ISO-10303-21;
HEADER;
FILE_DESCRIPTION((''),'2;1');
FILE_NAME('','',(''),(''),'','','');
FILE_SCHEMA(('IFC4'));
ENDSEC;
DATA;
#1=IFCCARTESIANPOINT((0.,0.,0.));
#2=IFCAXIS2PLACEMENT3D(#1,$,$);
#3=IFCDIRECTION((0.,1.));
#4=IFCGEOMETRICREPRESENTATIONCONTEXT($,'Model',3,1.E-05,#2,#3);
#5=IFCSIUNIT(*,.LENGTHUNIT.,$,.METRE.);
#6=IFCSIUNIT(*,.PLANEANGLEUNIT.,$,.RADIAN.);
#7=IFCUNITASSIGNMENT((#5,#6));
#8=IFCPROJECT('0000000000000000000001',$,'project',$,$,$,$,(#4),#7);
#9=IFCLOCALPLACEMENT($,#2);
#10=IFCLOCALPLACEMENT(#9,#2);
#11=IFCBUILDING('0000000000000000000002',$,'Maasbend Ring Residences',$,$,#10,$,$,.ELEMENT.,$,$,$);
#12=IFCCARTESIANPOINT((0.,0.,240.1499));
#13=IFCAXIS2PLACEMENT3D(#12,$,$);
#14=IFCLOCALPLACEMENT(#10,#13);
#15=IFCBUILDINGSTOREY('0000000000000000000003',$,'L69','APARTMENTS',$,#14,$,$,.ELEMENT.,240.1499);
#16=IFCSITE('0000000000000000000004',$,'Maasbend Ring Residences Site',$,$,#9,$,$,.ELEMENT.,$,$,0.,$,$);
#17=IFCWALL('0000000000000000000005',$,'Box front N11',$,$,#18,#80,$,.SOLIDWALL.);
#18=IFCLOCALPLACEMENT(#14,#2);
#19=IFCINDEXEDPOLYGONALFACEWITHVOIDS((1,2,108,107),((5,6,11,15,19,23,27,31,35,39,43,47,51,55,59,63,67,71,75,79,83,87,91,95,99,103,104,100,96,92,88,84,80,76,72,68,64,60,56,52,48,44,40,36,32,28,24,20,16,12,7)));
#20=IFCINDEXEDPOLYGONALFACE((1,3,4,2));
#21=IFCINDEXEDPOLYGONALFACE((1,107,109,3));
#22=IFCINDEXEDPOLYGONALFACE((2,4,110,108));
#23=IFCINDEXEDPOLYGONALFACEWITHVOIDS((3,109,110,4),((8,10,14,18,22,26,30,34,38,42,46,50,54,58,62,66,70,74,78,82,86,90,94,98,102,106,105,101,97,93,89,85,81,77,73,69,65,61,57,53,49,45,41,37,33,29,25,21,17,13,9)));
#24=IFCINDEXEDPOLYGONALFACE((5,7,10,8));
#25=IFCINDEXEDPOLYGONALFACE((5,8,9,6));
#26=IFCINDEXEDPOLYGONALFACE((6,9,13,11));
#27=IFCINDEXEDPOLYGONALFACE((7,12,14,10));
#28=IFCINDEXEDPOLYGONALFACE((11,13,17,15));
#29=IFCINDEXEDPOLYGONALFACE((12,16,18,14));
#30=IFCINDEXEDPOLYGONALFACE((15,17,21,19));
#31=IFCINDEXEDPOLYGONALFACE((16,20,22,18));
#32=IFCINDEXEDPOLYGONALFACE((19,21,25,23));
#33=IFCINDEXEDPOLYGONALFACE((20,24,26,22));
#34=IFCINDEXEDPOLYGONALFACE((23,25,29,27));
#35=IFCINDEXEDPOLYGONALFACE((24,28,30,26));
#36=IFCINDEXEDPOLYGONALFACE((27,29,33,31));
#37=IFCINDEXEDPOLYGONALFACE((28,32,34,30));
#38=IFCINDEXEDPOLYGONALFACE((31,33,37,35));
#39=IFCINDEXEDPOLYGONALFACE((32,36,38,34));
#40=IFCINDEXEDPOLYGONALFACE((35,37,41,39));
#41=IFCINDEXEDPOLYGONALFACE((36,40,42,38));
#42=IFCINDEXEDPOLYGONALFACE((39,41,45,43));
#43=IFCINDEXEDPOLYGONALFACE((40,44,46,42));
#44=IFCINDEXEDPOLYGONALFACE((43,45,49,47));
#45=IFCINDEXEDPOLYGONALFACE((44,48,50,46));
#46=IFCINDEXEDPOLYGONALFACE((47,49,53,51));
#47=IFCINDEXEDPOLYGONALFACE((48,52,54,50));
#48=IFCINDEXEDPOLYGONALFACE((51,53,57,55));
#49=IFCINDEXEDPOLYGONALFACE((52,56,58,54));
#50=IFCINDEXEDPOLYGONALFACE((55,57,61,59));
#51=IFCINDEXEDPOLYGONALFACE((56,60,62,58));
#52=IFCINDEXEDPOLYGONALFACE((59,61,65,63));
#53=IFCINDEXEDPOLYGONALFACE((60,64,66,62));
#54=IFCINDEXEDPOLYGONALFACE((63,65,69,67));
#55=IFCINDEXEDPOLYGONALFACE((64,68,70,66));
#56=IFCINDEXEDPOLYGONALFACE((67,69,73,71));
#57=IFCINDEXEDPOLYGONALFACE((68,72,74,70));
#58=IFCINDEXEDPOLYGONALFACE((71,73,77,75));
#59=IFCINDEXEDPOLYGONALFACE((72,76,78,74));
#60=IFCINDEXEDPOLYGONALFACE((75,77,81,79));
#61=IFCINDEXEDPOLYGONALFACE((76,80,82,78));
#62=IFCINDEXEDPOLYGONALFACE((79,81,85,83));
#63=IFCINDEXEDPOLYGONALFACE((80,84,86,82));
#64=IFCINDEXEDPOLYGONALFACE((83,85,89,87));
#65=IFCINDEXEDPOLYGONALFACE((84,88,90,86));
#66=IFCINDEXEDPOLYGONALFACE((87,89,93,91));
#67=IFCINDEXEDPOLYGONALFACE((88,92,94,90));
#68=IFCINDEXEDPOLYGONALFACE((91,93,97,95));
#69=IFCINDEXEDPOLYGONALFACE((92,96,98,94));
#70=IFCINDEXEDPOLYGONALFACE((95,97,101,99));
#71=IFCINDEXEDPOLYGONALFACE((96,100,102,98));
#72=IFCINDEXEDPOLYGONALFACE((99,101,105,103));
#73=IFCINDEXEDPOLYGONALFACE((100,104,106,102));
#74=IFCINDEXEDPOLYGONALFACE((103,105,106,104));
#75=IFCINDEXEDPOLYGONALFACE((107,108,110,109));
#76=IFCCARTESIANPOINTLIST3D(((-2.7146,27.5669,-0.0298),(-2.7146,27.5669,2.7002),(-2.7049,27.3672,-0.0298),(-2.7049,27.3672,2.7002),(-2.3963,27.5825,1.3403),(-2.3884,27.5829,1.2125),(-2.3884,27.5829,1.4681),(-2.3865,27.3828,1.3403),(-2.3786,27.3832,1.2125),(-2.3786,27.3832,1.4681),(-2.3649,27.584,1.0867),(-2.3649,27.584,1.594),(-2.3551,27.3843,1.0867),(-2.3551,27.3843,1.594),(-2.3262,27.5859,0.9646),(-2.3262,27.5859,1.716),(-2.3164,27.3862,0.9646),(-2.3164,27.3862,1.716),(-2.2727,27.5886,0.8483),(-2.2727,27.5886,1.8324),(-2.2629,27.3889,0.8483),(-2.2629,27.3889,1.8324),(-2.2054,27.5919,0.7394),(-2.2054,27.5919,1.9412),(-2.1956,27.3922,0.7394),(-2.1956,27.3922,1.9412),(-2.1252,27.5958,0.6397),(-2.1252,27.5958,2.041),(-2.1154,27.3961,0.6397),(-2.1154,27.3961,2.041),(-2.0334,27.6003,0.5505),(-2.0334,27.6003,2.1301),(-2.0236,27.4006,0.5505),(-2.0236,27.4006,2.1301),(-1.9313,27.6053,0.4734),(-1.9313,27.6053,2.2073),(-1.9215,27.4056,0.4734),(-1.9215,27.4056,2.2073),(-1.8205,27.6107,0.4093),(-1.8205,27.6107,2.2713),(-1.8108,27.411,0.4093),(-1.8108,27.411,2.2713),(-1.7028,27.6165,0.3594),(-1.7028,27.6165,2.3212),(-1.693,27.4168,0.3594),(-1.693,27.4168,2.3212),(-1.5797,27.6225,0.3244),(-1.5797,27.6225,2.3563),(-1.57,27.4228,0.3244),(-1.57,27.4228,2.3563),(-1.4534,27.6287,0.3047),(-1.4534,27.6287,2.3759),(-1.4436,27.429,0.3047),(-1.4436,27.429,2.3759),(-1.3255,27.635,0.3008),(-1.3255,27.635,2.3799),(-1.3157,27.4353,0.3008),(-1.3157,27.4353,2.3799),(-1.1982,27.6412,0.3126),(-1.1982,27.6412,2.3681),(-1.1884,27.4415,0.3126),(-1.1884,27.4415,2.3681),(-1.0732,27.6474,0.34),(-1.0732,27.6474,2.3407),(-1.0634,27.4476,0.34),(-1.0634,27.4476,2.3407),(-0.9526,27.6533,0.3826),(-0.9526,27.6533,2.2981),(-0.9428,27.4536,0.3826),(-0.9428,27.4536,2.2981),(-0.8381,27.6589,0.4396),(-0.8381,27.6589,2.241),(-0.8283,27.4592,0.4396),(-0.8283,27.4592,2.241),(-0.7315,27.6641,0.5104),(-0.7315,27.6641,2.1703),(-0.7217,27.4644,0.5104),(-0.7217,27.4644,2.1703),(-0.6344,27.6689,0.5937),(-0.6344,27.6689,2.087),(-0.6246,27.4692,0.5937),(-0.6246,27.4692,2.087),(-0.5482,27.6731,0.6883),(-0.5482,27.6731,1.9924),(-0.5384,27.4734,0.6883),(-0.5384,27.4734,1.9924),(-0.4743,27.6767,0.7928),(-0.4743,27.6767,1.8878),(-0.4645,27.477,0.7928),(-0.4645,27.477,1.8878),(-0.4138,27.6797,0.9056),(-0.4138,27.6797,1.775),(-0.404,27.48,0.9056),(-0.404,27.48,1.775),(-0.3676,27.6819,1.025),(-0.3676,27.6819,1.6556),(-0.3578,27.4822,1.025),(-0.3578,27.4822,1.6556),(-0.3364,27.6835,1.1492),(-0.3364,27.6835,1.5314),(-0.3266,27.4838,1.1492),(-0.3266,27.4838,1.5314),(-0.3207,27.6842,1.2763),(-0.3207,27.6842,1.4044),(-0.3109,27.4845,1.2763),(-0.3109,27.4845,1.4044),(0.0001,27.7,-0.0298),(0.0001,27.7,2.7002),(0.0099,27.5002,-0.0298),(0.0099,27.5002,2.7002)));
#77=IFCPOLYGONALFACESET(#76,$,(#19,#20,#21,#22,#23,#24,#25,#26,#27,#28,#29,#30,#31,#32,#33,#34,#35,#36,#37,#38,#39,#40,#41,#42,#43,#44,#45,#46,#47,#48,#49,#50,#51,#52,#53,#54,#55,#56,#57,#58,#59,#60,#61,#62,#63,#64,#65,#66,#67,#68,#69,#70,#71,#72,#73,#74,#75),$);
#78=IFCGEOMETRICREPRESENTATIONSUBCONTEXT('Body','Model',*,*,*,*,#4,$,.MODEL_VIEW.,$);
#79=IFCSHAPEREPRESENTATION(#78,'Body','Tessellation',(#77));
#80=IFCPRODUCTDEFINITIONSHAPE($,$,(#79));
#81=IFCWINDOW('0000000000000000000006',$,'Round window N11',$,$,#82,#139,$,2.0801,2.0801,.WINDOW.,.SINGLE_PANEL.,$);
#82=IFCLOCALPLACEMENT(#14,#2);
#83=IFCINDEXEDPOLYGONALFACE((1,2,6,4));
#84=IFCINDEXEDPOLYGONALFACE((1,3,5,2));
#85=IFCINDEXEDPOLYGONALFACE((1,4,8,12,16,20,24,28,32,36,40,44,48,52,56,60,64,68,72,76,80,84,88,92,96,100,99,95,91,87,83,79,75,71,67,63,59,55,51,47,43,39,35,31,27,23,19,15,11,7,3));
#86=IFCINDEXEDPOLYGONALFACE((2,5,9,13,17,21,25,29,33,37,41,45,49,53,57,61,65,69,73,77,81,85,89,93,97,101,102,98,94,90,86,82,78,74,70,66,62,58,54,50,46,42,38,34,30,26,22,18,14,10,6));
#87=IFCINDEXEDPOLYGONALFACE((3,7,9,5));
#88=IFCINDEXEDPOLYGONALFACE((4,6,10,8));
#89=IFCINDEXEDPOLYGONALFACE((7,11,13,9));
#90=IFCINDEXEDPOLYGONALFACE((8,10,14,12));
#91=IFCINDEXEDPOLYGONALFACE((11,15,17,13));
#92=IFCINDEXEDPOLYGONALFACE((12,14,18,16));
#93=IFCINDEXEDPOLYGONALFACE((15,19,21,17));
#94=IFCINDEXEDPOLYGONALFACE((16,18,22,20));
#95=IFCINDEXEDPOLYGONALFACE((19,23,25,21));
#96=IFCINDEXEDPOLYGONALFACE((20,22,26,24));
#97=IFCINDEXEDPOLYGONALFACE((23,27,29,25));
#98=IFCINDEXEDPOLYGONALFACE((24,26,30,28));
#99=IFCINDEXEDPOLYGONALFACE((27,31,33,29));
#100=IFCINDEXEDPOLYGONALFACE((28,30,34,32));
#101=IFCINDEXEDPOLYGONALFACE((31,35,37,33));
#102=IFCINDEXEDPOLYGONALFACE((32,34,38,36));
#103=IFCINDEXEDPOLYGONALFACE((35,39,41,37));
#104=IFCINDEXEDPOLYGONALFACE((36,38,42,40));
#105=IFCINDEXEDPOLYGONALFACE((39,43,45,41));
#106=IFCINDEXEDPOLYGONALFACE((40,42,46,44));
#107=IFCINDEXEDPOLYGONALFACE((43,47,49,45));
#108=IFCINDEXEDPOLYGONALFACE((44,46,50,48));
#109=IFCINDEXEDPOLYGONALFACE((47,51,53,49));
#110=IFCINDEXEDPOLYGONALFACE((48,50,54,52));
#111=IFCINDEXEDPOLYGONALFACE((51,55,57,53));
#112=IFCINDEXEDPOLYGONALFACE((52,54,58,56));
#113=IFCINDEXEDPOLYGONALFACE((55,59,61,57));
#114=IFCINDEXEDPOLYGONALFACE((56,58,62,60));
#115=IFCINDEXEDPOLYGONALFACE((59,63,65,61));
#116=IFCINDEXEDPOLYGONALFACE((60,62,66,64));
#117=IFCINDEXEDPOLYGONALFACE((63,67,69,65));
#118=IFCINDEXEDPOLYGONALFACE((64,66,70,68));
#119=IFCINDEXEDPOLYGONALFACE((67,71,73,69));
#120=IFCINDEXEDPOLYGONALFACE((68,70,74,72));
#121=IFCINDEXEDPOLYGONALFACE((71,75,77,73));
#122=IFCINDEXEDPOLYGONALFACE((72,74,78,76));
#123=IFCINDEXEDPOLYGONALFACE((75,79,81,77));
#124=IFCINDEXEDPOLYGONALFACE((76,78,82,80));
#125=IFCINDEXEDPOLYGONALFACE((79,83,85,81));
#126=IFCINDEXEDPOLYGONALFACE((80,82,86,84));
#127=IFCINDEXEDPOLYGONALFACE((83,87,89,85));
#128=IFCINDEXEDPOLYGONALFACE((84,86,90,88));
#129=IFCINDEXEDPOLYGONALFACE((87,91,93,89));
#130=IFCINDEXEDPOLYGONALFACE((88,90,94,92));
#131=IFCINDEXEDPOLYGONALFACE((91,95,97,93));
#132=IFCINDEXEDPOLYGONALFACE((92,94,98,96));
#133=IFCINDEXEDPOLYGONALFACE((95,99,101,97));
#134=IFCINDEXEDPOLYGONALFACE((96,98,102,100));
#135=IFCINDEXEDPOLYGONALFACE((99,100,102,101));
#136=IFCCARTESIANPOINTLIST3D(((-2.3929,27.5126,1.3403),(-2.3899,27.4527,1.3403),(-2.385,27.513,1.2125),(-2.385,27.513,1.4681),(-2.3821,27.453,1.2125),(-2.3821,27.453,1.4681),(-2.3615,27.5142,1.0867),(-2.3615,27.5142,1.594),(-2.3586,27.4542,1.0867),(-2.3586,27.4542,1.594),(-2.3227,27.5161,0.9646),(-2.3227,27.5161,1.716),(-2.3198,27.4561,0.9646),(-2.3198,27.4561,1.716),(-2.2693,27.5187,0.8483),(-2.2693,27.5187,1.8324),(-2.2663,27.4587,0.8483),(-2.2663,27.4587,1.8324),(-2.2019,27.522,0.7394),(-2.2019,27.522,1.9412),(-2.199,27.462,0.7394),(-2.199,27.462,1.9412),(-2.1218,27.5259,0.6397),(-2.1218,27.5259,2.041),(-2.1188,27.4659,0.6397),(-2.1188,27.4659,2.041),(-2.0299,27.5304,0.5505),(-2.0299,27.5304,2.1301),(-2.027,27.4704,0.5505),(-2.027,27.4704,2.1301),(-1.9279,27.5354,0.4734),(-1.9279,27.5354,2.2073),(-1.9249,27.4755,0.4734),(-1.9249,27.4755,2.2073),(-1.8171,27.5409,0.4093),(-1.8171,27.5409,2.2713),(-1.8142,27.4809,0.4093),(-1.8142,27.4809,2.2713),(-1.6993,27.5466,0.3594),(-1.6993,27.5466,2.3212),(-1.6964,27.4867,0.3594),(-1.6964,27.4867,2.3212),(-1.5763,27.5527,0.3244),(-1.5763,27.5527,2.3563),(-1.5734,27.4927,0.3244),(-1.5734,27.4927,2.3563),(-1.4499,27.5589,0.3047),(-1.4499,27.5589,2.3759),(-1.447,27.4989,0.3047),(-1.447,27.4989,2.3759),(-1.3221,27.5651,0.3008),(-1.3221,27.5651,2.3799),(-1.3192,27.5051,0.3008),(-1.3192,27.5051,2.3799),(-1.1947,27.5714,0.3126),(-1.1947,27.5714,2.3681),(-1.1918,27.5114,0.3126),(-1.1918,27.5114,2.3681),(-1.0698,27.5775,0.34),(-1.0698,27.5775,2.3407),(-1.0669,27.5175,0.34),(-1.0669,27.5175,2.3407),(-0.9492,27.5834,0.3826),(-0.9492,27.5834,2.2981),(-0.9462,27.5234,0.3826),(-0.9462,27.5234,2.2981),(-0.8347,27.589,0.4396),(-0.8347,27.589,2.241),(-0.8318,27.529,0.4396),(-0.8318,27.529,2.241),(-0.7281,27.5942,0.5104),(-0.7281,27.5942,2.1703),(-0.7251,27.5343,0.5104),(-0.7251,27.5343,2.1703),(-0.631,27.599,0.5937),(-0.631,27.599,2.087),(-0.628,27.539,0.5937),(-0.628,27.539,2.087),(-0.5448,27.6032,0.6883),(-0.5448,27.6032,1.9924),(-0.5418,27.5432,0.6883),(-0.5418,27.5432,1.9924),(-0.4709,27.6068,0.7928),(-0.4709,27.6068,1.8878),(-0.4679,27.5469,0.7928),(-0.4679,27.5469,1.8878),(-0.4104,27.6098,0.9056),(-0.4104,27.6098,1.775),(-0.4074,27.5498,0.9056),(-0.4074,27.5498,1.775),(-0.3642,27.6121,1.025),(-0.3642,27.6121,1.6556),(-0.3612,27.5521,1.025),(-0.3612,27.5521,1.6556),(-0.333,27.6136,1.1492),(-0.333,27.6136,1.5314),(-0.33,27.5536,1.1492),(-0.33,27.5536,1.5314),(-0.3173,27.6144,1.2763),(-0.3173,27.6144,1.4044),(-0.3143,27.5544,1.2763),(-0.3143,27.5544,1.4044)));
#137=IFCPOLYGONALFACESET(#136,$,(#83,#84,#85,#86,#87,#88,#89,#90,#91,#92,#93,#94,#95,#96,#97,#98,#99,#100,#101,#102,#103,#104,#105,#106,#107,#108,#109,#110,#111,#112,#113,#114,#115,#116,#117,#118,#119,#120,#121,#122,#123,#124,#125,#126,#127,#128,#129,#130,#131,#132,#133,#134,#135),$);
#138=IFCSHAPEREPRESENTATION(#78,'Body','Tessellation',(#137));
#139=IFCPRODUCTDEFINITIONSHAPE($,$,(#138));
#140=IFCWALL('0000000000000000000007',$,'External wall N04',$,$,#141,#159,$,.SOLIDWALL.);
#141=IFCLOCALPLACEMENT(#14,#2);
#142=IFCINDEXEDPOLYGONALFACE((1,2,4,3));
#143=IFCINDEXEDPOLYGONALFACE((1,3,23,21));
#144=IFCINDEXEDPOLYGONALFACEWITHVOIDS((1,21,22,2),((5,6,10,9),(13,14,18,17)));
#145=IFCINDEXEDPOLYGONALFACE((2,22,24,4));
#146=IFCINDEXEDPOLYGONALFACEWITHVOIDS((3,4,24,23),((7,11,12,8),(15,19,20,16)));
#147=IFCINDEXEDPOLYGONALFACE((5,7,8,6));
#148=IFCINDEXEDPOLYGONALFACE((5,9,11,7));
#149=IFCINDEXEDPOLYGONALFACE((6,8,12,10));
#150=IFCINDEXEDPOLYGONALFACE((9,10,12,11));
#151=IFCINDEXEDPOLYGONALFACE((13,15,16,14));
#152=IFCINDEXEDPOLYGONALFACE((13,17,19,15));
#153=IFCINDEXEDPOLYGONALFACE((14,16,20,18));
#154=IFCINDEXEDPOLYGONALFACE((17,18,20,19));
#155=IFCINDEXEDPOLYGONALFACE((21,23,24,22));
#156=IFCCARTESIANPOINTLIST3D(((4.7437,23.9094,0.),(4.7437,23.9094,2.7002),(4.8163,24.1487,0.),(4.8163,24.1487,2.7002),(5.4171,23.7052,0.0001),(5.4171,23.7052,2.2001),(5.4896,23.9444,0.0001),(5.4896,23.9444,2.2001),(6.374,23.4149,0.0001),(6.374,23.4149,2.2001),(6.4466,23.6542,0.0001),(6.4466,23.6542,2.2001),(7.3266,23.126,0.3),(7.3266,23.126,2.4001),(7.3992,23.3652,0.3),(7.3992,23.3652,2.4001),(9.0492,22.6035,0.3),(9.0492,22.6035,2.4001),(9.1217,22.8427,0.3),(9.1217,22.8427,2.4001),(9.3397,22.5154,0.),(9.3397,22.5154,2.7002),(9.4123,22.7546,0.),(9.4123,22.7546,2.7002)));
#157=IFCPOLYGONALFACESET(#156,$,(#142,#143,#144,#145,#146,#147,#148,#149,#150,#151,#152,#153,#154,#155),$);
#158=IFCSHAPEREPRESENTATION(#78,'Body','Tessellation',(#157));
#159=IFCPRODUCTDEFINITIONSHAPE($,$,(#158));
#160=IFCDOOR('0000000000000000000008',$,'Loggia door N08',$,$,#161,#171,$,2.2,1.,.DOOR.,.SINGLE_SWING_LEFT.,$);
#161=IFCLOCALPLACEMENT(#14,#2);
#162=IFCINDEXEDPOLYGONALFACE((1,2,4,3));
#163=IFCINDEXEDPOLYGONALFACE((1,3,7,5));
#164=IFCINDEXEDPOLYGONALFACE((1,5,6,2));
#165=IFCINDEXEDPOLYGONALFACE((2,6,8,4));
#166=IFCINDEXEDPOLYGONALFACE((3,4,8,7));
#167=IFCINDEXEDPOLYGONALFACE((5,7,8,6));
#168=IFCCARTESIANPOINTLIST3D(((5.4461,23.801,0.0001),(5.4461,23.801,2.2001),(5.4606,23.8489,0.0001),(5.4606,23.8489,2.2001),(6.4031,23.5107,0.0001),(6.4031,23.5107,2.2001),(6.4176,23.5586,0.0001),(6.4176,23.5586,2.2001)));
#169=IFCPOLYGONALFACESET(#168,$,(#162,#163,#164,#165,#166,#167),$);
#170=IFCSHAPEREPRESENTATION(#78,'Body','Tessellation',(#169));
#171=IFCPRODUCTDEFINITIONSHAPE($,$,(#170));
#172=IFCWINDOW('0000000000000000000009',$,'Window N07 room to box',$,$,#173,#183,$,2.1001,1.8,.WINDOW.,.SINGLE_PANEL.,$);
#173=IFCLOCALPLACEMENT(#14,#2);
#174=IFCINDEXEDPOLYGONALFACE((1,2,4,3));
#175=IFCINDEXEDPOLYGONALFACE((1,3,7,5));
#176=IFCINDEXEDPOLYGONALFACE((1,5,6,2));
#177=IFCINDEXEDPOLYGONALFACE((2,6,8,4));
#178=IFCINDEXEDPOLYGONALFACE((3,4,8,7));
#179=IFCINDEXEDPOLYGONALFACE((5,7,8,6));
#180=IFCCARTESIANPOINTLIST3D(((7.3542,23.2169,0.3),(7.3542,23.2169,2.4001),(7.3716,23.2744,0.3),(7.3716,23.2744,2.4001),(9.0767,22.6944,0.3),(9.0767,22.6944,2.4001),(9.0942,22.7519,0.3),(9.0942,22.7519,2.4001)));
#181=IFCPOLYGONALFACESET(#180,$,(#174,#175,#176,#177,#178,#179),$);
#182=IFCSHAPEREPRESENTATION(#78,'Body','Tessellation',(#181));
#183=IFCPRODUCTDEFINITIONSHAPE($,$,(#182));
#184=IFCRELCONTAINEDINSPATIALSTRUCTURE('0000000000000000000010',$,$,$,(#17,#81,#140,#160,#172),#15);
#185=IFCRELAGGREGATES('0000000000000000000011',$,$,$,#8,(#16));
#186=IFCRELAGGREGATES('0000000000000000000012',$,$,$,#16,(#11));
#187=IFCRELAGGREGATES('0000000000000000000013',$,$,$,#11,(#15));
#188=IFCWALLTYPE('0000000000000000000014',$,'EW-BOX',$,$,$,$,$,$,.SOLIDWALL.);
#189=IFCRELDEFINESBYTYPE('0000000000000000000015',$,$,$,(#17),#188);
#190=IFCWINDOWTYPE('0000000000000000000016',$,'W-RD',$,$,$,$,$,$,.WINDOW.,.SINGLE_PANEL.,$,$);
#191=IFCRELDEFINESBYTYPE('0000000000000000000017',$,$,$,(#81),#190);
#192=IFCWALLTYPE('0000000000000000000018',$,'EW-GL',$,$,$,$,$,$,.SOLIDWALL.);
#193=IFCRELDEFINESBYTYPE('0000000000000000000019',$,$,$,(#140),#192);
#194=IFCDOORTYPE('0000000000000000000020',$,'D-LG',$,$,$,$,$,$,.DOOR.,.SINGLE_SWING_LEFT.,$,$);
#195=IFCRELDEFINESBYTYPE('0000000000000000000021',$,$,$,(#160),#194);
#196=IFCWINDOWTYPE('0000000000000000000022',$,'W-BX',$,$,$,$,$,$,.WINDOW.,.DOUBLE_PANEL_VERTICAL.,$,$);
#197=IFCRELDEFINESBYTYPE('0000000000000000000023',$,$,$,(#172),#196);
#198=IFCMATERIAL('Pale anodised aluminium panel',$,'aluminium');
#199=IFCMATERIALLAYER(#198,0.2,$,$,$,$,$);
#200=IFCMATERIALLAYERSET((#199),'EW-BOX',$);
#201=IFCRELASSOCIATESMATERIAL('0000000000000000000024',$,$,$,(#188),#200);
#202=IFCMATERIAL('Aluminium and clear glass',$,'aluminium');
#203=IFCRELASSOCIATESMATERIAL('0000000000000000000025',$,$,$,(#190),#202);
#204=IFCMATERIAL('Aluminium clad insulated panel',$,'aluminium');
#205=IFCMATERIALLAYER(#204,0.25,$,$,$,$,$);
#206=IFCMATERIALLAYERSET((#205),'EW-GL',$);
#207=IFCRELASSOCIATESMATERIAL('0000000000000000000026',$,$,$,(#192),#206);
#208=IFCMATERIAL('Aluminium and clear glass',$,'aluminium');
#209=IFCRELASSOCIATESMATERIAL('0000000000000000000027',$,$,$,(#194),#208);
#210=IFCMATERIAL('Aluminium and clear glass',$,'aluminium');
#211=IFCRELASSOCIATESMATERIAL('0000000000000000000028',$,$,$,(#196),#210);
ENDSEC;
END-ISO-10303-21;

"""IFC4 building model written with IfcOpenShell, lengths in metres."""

from ifc_helpers import new_model, si_unit, direction, frame, frame_2d, origin, place, context, subcontext, project, spatial, rectangle, circle, extrude, material, layer, layer_set, type_object, element, fill, save


model = new_model("IFC4")

# Units and contexts
model_context = context("Model", 3, precision=1e-05, world=origin(), true_north=direction((0.0, 1.0)))
body_context = subcontext(model_context, "Body", "Model", "MODEL_VIEW")
ifc_project = project(units=[si_unit("LENGTHUNIT", "METRE"), si_unit("PLANEANGLEUNIT", "RADIAN")], contexts=[model_context])

# Site, building, storey
site_placement = place(None, origin())
site = spatial("IfcSite", under=ifc_project, at=site_placement, Name="Maasbend Ring Residences Site", CompositionType="ELEMENT", RefElevation=0.0)
building_placement = place(site_placement, origin())
building = spatial("IfcBuilding", under=site, at=building_placement, Name="Maasbend Ring Residences", CompositionType="ELEMENT")
storey_placement = place(building_placement, frame((0.0, 0.0, 240.1499)))
storey = spatial("IfcBuildingStorey", under=building, at=storey_placement, Name="L69", Description="APARTMENTS", CompositionType="ELEMENT", Elevation=240.1499)

# Shared definitions
ifc_material_1 = material(Name="Pale anodised aluminium panel", Category="aluminium")
ifc_layer_1 = layer(ifc_material_1, 0.2)
ifc_layer_set_1 = layer_set([ifc_layer_1], Name="EW-BOX")
wall_type_1 = type_object("IfcWallType", Name="EW-BOX", PredefinedType="SOLIDWALL", material=ifc_layer_set_1)

# Shared definitions
ifc_material_2 = material(Name="Aluminium and clear glass", Category="aluminium")
window_type_1 = type_object("IfcWindowType", Name="W-RD", PartitioningType="SINGLE_PANEL", PredefinedType="WINDOW", material=ifc_material_2)

# Wall, opening, window
wall_1_placement = place(storey_placement, frame((0.0049, 27.6001, -0.0298), z_axis=(0.0, 0.0, 1.0), x_axis=(-0.998801, -0.048952, 0.0)))
wall_1 = element("IfcWall", 1, at=wall_1_placement, inside=storey, type_object=wall_type_1, Name="Box front N11", PredefinedType="SOLIDWALL", context=body_context, shape_type="SweptSolid", body=[
    extrude(rectangle(XDim=2.718, YDim=0.2, at=frame_2d((1.3589, 0.0))), origin(), (0.0, 0.0, 1.0), 2.73),
])
opening_1_placement = place(wall_1_placement, frame((0.3191, 0.0, 0.3301)))
opening_1 = element("IfcOpeningElement", 2, at=opening_1_placement, cuts=wall_1, PredefinedType="OPENING", context=body_context, shape_type="SweptSolid", body=[
    extrude(circle(Radius=1.04, at=frame_2d((1.04, 1.04))), frame((0.0, 0.1099, 0.0), z_axis=(0.0, -1.0, 0.0), x_axis=(1.0, 0.0, 0.0)), (0.0, 0.0, 1.0), 0.22),
])
window_1_placement = place(opening_1_placement, origin())
window_1 = element("IfcWindow", 3, at=window_1_placement, inside=storey, type_object=window_type_1, Name="Round window N11", OverallHeight=2.0801, OverallWidth=2.0801, PartitioningType="SINGLE_PANEL", PredefinedType="WINDOW", context=body_context, shape_type="SweptSolid", body=[
    extrude(circle(Radius=1.04, at=frame_2d((1.04, 1.04))), frame((0.0, 0.03, 0.0), z_axis=(0.0, -1.0, 0.0), x_axis=(1.0, 0.0, 0.0)), (0.0, 0.0, 1.0), 0.0601),
])
fill(opening_1, window_1)

# Wall, openings, door, window
ifc_material_3 = material(Name="Aluminium clad insulated panel", Category="aluminium")
ifc_layer_2 = layer(ifc_material_3, 0.25)
ifc_layer_set_2 = layer_set([ifc_layer_2], Name="EW-GL")
wall_type_2 = type_object("IfcWallType", Name="EW-GL", PredefinedType="SOLIDWALL", material=ifc_layer_set_2)
wall_2_placement = place(storey_placement, frame((9.376, 22.635, 0.0), z_axis=(0.0, 0.0, 1.0), x_axis=(-0.956947, 0.290261, 0.0)))
wall_2 = element("IfcWall", 4, at=wall_2_placement, inside=storey, type_object=wall_type_2, Name="External wall N04", PredefinedType="SOLIDWALL", context=body_context, shape_type="SweptSolid", body=[
    extrude(rectangle(XDim=4.8027, YDim=0.25, at=frame_2d((2.4014, 0.0))), origin(), (0.0, 0.0, 1.0), 2.7002),
])
opening_2_placement = place(wall_2_placement, frame((0.3037, 0.0, 0.3)))
opening_2 = element("IfcOpeningElement", 5, at=opening_2_placement, cuts=wall_2, PredefinedType="OPENING", context=body_context, shape_type="SweptSolid", body=[
    extrude(rectangle(XDim=1.8, YDim=2.1001, at=frame_2d((0.8999, 1.05))), frame((0.0, 0.135, 0.0), z_axis=(0.0, -1.0, 0.0), x_axis=(1.0, 0.0, 0.0)), (0.0, 0.0, 1.0), 0.27),
])
opening_3_placement = place(wall_2_placement, frame((3.0991, 0.0, 0.0)))
opening_3 = element("IfcOpeningElement", 6, at=opening_3_placement, cuts=wall_2, PredefinedType="OPENING", context=body_context, shape_type="SweptSolid", body=[
    extrude(rectangle(XDim=1.0, YDim=2.2, at=frame_2d((0.5, 1.1001))), frame((0.0, 0.135, 0.0), z_axis=(0.0, -1.0, 0.0), x_axis=(1.0, 0.0, 0.0)), (0.0, 0.0, 1.0), 0.27),
])
ifc_material_4 = material(Name="Aluminium and clear glass", Category="aluminium")
door_type_1 = type_object("IfcDoorType", Name="D-LG", OperationType="SINGLE_SWING_LEFT", PredefinedType="DOOR", material=ifc_material_4)
door_1_placement = place(opening_3_placement, origin())
door_1 = element("IfcDoor", 7, at=door_1_placement, inside=storey, type_object=door_type_1, Name="Loggia door N08", OperationType="SINGLE_SWING_LEFT", OverallHeight=2.2, OverallWidth=1.0, PredefinedType="DOOR", context=body_context, shape_type="SweptSolid", body=[
    extrude(rectangle(XDim=1.0, YDim=2.2, at=frame_2d((0.5, 1.1001))), frame((0.0, 0.0249, 0.0), z_axis=(0.0, -1.0, 0.0), x_axis=(1.0, 0.0, 0.0)), (0.0, 0.0, 1.0), 0.05),
])
fill(opening_3, door_1)
ifc_material_5 = material(Name="Aluminium and clear glass", Category="aluminium")
window_type_2 = type_object("IfcWindowType", Name="W-BX", PartitioningType="DOUBLE_PANEL_VERTICAL", PredefinedType="WINDOW", material=ifc_material_5)
window_2_placement = place(opening_2_placement, origin())
window_2 = element("IfcWindow", 8, at=window_2_placement, inside=storey, type_object=window_type_2, Name="Window N07 room to box", OverallHeight=2.1001, OverallWidth=1.8, PartitioningType="SINGLE_PANEL", PredefinedType="WINDOW", context=body_context, shape_type="SweptSolid", body=[
    extrude(rectangle(XDim=1.8, YDim=2.1001, at=frame_2d((0.8999, 1.05))), frame((0.0, 0.03, 0.0), z_axis=(0.0, -1.0, 0.0), x_axis=(1.0, 0.0, 0.0)), (0.0, 0.0, 1.0), 0.0601),
])
fill(opening_2, window_2)

save(model, "model.ifc")
